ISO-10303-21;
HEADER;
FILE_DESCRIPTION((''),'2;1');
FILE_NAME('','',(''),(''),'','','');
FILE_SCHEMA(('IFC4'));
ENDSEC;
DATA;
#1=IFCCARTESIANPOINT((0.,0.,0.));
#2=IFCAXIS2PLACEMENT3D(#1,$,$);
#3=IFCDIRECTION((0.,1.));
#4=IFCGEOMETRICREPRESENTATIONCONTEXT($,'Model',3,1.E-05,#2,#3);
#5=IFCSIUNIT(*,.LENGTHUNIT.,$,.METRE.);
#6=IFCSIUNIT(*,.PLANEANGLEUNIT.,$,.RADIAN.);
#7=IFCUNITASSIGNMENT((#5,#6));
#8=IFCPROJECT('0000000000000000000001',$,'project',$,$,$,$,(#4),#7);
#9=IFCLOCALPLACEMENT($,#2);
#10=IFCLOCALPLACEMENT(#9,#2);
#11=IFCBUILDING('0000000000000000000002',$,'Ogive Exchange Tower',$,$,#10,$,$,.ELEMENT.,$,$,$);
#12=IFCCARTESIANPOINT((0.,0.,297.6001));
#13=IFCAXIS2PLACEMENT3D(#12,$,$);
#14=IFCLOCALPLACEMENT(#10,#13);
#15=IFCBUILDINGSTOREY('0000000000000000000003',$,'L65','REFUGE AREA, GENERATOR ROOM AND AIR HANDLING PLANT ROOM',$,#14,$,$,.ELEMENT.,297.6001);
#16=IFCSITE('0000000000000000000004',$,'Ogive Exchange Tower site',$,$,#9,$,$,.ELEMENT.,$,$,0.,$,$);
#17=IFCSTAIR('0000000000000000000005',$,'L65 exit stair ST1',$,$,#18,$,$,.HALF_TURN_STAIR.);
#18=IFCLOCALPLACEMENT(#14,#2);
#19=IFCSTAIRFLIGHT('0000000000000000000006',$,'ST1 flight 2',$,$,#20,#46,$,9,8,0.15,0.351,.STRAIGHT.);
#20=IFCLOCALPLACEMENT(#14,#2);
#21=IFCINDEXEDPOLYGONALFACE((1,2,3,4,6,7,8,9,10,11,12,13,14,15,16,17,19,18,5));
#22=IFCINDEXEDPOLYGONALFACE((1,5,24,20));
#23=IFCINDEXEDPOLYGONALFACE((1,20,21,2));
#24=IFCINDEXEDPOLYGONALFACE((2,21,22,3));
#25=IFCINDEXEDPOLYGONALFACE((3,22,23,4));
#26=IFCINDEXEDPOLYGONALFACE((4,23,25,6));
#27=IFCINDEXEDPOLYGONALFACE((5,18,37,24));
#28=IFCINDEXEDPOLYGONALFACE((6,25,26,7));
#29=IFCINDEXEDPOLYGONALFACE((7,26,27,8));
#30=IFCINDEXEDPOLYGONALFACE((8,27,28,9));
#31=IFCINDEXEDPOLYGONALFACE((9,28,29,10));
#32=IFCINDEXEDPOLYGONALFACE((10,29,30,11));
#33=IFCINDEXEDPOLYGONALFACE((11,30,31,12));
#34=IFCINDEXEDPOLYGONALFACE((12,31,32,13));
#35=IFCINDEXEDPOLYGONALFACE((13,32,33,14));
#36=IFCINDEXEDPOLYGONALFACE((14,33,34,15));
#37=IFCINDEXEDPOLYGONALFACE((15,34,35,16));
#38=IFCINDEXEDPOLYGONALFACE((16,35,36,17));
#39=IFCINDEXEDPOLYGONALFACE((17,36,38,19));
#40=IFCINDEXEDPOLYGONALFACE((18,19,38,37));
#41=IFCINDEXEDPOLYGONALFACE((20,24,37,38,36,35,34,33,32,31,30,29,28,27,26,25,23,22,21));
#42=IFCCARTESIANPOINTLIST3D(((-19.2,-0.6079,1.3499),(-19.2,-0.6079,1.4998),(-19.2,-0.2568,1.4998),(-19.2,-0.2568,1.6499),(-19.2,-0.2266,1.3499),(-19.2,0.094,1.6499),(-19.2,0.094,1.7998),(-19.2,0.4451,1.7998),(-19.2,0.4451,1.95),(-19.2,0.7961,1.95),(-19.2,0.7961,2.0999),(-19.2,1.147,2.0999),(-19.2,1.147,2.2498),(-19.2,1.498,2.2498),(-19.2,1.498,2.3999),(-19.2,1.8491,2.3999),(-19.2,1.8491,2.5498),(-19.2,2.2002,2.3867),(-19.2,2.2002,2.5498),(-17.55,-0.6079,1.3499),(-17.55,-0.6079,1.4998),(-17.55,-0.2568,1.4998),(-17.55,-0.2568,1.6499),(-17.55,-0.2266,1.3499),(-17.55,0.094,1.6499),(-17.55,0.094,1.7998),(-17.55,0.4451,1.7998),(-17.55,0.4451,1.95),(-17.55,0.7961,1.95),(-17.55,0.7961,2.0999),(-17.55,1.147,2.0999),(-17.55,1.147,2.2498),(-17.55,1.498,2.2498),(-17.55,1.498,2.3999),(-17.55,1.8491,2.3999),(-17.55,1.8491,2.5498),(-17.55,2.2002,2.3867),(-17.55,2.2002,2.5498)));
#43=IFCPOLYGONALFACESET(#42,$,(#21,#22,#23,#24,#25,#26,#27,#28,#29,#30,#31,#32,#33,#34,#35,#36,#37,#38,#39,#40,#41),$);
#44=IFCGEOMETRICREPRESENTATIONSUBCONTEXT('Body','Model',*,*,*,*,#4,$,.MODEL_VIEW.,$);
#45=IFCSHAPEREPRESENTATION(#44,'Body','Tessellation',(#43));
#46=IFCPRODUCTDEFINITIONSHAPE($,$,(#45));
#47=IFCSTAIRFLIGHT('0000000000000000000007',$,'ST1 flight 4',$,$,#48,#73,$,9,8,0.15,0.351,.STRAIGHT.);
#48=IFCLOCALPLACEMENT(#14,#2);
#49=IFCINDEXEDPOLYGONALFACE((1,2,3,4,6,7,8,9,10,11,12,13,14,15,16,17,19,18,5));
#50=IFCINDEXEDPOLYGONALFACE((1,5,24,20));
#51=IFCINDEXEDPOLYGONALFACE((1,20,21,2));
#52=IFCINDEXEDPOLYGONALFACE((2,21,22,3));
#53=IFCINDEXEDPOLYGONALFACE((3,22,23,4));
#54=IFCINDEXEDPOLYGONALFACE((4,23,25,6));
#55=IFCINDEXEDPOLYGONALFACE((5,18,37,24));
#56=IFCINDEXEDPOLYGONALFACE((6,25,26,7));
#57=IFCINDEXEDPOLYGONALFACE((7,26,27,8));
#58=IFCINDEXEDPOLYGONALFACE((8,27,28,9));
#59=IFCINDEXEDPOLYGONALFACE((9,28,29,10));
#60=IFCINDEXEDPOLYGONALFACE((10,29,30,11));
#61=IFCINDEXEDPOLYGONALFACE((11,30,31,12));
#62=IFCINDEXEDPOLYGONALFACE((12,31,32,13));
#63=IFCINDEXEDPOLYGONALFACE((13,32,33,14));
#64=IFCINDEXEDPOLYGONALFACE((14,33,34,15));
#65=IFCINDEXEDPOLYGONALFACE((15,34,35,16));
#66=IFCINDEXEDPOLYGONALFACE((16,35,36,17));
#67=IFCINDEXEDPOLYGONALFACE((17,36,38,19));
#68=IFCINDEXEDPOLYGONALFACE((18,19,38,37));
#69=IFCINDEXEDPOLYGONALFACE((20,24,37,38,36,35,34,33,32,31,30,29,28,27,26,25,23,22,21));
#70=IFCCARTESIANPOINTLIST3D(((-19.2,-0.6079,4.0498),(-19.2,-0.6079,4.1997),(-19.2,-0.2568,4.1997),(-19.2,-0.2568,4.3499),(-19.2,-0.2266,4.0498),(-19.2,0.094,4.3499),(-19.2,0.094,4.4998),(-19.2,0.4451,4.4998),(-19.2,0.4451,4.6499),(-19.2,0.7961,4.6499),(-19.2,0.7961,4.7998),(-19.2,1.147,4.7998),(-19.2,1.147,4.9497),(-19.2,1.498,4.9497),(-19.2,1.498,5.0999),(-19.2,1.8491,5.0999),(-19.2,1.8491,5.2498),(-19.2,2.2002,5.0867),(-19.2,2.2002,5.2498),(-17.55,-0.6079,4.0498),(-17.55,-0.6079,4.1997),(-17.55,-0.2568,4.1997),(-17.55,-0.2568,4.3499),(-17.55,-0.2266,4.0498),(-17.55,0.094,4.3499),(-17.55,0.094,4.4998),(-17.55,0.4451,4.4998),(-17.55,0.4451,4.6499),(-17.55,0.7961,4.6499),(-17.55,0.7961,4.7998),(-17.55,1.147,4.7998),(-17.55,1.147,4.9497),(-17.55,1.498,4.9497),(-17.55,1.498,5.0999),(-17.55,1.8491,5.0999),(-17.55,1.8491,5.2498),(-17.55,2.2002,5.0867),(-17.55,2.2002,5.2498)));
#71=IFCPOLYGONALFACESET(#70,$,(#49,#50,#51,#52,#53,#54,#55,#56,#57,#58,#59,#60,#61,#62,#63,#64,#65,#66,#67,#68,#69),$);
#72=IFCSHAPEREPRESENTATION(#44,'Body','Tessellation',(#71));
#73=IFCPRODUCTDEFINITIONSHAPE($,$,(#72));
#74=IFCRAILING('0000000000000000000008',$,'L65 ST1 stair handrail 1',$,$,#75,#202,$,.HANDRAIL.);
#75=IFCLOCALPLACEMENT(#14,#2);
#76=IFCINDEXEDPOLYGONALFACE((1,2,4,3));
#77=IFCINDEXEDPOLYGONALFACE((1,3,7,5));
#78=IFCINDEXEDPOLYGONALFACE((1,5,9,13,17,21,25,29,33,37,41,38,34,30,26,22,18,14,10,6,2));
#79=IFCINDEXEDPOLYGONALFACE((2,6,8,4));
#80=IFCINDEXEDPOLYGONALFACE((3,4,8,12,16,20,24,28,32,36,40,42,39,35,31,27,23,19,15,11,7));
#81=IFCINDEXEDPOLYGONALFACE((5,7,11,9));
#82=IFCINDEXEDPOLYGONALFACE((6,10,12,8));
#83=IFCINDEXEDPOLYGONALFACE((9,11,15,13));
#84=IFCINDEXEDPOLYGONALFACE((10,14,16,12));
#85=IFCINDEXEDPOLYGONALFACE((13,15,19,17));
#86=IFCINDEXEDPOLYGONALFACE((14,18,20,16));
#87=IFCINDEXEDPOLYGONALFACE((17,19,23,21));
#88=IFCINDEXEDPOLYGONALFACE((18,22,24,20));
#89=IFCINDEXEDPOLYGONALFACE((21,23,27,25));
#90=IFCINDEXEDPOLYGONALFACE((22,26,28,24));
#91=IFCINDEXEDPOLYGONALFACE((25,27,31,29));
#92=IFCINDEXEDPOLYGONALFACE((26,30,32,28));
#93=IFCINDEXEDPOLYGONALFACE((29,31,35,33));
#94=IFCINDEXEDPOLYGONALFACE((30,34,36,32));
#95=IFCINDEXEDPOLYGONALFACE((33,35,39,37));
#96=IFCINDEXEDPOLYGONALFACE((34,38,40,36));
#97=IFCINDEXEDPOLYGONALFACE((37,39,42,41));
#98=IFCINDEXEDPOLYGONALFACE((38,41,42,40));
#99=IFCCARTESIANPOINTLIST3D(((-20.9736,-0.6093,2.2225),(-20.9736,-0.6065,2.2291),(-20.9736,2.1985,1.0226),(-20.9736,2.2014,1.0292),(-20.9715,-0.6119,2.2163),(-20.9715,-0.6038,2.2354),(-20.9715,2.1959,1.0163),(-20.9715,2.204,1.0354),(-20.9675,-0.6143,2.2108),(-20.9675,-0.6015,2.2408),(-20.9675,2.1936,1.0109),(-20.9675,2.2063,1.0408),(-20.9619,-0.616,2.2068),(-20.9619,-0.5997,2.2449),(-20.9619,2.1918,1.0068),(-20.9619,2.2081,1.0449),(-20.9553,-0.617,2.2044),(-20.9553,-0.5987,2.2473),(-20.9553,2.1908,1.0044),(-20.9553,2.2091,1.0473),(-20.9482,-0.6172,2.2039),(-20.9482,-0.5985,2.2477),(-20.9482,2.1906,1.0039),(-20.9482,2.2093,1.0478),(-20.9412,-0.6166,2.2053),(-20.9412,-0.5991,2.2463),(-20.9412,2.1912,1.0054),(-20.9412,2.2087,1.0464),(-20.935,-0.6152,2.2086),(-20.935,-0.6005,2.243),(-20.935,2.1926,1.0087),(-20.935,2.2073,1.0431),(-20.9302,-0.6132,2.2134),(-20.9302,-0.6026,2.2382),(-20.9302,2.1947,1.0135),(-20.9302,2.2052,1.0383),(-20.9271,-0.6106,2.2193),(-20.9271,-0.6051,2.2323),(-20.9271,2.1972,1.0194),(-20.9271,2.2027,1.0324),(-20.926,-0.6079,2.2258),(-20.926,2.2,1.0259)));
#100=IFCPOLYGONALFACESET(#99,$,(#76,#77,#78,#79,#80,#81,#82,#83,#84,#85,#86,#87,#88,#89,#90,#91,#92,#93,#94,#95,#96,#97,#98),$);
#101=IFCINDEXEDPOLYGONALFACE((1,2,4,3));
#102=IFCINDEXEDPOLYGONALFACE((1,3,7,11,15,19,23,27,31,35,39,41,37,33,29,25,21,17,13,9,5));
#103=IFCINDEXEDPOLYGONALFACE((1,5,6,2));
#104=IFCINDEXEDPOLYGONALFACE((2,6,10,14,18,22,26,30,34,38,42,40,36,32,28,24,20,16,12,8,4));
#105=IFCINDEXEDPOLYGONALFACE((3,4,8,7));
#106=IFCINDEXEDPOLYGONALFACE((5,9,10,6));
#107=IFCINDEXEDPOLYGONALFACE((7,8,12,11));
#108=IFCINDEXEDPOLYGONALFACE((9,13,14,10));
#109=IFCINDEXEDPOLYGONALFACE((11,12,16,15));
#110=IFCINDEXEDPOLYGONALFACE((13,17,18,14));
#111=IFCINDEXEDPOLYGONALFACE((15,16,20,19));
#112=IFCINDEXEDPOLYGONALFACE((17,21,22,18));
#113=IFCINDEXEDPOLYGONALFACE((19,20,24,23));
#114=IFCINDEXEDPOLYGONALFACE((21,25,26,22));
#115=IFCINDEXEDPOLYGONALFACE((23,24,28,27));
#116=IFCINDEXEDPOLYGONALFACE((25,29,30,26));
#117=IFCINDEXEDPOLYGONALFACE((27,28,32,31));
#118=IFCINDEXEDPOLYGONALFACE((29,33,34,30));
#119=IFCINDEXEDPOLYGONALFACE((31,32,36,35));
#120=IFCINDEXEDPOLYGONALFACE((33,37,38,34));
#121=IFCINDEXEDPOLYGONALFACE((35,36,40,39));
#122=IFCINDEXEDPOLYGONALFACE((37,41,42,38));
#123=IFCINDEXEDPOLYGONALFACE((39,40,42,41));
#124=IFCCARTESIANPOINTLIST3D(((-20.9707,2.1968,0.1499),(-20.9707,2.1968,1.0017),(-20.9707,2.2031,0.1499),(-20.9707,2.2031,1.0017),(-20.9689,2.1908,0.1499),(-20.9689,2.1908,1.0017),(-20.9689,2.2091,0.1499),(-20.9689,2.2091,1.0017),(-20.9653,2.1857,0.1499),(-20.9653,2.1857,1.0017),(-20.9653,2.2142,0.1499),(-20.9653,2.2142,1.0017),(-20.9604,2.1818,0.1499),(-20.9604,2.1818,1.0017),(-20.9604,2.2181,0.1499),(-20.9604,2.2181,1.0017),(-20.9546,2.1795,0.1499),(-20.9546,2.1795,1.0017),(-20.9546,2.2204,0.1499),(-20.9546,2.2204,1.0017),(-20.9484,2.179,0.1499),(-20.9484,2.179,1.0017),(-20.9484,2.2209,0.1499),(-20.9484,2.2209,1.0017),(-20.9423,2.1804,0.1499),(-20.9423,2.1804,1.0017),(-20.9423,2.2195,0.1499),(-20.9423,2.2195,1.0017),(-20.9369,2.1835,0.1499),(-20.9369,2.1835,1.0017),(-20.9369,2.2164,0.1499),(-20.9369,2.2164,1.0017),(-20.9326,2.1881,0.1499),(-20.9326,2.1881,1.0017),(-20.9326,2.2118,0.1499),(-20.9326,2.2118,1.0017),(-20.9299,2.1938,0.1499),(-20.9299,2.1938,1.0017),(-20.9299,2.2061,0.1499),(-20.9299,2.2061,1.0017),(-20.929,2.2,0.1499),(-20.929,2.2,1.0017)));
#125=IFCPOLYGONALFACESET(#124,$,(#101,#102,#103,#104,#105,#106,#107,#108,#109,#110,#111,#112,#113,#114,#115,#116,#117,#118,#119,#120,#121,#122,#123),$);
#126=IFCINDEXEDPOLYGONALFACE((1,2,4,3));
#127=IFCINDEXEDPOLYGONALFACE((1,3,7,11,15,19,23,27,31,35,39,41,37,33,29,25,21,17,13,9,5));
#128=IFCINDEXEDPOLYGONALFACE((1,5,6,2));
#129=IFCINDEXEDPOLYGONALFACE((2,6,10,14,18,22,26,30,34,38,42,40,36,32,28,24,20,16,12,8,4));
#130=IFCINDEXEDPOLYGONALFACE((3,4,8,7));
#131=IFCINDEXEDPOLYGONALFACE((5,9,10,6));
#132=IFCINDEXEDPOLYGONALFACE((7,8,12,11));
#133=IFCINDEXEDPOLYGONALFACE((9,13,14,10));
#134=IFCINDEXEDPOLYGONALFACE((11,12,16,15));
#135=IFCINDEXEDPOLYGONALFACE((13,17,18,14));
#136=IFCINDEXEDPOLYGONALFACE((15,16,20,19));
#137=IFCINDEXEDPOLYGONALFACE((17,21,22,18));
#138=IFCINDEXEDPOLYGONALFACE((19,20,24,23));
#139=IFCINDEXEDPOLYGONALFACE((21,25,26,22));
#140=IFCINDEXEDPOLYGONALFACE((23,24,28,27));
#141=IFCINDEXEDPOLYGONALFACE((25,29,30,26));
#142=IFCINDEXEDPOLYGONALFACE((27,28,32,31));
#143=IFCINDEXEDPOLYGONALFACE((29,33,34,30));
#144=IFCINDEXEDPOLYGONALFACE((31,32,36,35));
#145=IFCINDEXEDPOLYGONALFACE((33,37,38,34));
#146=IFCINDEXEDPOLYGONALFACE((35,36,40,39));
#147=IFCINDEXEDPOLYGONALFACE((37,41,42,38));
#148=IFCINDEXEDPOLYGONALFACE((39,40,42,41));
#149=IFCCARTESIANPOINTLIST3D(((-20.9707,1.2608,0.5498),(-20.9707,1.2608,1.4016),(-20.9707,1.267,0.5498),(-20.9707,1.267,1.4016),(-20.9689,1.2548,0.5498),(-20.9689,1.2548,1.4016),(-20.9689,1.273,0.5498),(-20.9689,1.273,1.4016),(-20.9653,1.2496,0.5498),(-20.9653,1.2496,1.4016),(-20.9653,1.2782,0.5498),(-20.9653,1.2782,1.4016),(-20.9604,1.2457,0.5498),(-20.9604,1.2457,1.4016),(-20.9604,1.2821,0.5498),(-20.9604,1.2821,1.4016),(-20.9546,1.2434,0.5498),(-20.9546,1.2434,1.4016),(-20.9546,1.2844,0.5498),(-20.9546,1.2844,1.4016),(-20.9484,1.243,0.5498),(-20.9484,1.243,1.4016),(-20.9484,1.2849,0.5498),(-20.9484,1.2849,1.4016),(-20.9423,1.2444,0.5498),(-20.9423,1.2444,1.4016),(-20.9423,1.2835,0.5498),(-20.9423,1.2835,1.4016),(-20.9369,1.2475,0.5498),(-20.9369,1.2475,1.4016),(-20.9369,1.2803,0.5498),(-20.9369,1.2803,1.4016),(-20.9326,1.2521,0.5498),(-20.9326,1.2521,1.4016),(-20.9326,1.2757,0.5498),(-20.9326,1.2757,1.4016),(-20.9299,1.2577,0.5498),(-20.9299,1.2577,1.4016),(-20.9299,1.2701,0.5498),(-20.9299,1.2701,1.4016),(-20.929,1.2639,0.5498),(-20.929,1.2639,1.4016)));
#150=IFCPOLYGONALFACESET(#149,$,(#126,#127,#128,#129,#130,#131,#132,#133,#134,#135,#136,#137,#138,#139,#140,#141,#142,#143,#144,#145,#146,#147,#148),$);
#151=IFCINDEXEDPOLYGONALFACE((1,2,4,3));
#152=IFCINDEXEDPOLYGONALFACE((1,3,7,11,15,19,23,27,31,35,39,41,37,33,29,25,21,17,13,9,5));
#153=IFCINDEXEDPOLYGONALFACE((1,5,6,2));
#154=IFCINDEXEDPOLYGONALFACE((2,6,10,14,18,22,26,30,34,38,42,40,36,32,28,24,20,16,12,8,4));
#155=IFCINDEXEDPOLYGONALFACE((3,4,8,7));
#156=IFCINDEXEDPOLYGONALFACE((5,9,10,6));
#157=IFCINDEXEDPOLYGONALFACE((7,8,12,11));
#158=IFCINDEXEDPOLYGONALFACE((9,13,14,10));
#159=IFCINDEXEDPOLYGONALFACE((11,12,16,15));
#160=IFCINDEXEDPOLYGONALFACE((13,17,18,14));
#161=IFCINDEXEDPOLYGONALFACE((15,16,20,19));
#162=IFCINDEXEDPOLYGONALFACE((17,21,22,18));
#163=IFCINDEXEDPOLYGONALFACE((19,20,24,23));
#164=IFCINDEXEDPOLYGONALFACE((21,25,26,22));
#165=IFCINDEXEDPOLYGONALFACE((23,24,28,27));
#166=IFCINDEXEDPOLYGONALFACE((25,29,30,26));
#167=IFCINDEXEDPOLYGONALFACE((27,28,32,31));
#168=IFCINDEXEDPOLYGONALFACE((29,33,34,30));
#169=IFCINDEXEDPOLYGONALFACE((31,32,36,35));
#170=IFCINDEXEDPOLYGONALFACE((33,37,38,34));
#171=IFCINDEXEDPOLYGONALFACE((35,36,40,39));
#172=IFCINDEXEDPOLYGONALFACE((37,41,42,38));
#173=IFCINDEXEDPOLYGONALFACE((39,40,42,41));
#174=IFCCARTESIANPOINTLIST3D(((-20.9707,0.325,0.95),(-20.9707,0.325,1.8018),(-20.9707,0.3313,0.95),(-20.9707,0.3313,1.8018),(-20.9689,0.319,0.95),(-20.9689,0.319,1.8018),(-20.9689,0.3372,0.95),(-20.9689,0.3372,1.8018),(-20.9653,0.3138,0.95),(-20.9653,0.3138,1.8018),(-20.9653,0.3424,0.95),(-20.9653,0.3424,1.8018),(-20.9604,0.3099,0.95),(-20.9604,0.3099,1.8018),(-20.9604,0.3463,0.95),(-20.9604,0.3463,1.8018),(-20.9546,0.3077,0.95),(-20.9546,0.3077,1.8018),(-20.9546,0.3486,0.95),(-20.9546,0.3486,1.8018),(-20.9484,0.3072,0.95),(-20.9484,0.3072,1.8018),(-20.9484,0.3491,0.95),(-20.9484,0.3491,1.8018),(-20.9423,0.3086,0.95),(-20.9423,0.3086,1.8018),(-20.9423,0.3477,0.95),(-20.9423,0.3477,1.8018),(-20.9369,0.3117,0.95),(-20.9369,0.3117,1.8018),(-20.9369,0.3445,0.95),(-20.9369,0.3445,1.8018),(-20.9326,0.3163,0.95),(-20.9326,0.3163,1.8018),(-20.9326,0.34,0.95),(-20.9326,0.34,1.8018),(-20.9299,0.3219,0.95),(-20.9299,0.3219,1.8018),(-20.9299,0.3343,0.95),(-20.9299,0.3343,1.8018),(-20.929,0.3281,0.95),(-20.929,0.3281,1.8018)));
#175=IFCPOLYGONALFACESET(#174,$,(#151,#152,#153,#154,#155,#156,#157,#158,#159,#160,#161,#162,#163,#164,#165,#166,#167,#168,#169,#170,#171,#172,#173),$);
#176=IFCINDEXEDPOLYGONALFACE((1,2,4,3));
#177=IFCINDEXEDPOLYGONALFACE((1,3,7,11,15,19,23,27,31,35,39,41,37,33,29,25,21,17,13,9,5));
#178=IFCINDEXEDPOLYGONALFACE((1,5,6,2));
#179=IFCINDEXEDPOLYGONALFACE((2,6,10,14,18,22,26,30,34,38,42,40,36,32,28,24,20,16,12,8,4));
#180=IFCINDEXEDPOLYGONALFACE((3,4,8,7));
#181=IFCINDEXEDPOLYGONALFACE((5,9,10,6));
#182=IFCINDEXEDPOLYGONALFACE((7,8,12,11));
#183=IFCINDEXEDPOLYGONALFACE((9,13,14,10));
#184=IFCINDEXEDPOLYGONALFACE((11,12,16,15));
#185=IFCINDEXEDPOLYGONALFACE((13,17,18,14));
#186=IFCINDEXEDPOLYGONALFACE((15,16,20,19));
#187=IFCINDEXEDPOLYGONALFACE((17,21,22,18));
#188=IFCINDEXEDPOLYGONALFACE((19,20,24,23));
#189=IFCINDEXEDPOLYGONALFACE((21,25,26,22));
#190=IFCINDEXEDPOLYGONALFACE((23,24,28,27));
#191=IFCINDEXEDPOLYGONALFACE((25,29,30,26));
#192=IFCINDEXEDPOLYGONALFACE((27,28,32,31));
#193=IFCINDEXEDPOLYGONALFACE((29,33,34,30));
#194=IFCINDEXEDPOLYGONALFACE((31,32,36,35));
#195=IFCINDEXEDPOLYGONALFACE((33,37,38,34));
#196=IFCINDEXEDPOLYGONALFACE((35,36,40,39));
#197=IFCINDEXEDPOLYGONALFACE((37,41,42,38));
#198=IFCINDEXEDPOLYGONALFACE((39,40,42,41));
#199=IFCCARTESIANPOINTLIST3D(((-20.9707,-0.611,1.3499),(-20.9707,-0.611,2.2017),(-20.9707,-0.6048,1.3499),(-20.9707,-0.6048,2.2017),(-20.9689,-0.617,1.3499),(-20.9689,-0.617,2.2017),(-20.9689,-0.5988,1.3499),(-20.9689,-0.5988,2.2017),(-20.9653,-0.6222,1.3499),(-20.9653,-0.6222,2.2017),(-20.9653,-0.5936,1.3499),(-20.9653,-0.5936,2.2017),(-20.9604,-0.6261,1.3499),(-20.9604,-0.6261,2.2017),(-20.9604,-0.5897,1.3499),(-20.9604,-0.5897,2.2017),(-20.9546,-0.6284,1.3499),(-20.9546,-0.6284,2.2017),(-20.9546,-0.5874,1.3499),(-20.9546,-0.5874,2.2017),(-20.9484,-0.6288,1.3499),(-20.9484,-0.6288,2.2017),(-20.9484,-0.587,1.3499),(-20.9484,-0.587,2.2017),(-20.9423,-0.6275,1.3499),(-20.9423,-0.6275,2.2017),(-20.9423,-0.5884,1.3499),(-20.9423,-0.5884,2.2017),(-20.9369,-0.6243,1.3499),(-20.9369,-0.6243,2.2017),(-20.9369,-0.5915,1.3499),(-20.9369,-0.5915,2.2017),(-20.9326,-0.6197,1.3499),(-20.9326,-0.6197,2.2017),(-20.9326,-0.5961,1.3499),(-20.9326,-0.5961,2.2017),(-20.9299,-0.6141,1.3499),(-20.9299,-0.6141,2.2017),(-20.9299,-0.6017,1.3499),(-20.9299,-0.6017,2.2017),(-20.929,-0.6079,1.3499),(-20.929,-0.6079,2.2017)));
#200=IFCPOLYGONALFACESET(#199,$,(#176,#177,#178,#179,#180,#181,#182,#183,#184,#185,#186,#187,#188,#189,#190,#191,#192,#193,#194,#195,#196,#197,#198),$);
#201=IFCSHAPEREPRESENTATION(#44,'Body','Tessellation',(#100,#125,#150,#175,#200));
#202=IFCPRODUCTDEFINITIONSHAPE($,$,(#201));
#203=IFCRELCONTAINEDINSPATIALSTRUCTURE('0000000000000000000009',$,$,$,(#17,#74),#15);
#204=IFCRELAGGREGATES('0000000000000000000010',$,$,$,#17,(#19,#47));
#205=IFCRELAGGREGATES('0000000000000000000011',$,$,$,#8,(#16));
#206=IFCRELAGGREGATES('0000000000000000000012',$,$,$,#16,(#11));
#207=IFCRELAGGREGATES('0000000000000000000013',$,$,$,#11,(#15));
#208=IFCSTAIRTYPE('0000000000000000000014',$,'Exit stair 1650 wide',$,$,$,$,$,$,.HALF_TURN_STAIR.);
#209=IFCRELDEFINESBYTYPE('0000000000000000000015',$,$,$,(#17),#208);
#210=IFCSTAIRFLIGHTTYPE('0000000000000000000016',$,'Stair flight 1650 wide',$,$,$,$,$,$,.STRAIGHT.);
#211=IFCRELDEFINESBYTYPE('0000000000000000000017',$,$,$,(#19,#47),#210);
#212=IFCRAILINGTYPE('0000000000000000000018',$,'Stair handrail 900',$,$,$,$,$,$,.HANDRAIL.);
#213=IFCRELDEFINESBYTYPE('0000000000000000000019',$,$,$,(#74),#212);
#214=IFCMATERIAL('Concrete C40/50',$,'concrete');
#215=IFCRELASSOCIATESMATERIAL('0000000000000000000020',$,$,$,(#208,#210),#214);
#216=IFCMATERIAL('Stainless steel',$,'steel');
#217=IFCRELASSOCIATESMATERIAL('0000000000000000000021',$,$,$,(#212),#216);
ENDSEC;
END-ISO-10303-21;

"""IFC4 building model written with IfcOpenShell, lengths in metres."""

from ifc_helpers import new_model, si_unit, direction, frame, origin, origin_2d, place, context, subcontext, project, spatial, polyline, circle, outline, extrude, material, type_object, element, aggregate, save


model = new_model("IFC4")

# Units and contexts
model_context = context("Model", 3, precision=1e-05, world=origin(), true_north=direction((0.0, 1.0)))
body_context = subcontext(model_context, "Body", "Model", "MODEL_VIEW")
ifc_project = project(units=[si_unit("LENGTHUNIT", "METRE"), si_unit("PLANEANGLEUNIT", "RADIAN")], contexts=[model_context])

# Site, building, storey
site_placement = place(None, origin())
site = spatial("IfcSite", under=ifc_project, at=site_placement, Name="Ogive Exchange Tower site", CompositionType="ELEMENT", RefElevation=0.0)
building_placement = place(site_placement, origin())
building = spatial("IfcBuilding", under=site, at=building_placement, Name="Ogive Exchange Tower", CompositionType="ELEMENT")
storey_placement = place(building_placement, frame((0.0, 0.0, 297.6001)))
storey = spatial("IfcBuildingStorey", under=building, at=storey_placement, Name="L65", Description="REFUGE AREA, GENERATOR ROOM AND AIR HANDLING PLANT ROOM", CompositionType="ELEMENT", Elevation=297.6001)

# Shared definitions
ifc_material_1 = material(Name="Stainless steel", Category="steel")

# Stair, stair flights
ifc_material_2 = material(Name="Concrete C40/50", Category="concrete")
stair_type = type_object("IfcStairType", Name="Exit stair 1650 wide", PredefinedType="HALF_TURN_STAIR", material=ifc_material_2)
stair_placement = place(storey_placement, origin())
stair = element("IfcStair", 1, at=stair_placement, inside=storey, type_object=stair_type, Name="L65 exit stair ST1", PredefinedType="HALF_TURN_STAIR")
stair_flight_type = type_object("IfcStairFlightType", Name="Stair flight 1650 wide", PredefinedType="STRAIGHT", material=ifc_material_2)
stair_flight_1_placement = place(storey_placement, frame((-18.375, -0.6079, 1.3499), z_axis=(0.0, 0.0, 1.0), x_axis=(0.0, 1.0, 0.0)))
stair_flight_1 = element("IfcStairFlight", 2, at=stair_flight_1_placement, type_object=stair_flight_type, Name="ST1 flight 2", NumberOfRisers=9, NumberOfTreads=8, PredefinedType="STRAIGHT", RiserHeight=0.15, TreadLength=0.351, context=body_context, shape_type="SweptSolid", body=[
    extrude(outline(polyline([(0.0, 0.0), (0.0, 0.1499), (0.3511, 0.1499), (0.3511, 0.3), (0.7019, 0.3), (0.7019, 0.45), (1.053, 0.45), (1.053, 0.6001), (1.4041, 0.6001), (1.4041, 0.75), (1.7549, 0.75), (1.7549, 0.8999), (2.106, 0.8999), (2.106, 1.05), (2.457, 1.05), (2.457, 1.2), (2.8081, 1.2), (2.8081, 1.3501), (2.8081, 1.0369), (0.3813, 0.0), (0.0, 0.0)])), frame((0.0, 0.825, 0.0), z_axis=(0.0, -1.0, 0.0), x_axis=(1.0, 0.0, 0.0)), (0.0, 0.0, 1.0), 1.6499),
])
stair_flight_2_placement = place(storey_placement, frame((-18.375, -0.6079, 4.0498), z_axis=(0.0, 0.0, 1.0), x_axis=(0.0, 1.0, 0.0)))
stair_flight_2 = element("IfcStairFlight", 3, at=stair_flight_2_placement, type_object=stair_flight_type, Name="ST1 flight 4", NumberOfRisers=9, NumberOfTreads=8, PredefinedType="STRAIGHT", RiserHeight=0.15, TreadLength=0.351, context=body_context, shape_type="SweptSolid", body=[
    extrude(outline(polyline([(0.0, 0.0), (0.0, 0.1499), (0.3511, 0.1499), (0.3511, 0.3), (0.7019, 0.3), (0.7019, 0.45), (1.053, 0.45), (1.053, 0.6001), (1.4041, 0.6001), (1.4041, 0.75), (1.7549, 0.75), (1.7549, 0.8999), (2.106, 0.8999), (2.106, 1.05), (2.457, 1.05), (2.457, 1.2), (2.8081, 1.2), (2.8081, 1.3501), (2.8081, 1.0369), (0.3813, 0.0), (0.0, 0.0)])), frame((0.0, 0.825, 0.0), z_axis=(0.0, -1.0, 0.0), x_axis=(1.0, 0.0, 0.0)), (0.0, 0.0, 1.0), 1.6499),
])
aggregate(stair, [stair_flight_1, stair_flight_2])

# Railing
railing_type = type_object("IfcRailingType", Name="Stair handrail 900", PredefinedType="HANDRAIL", material=ifc_material_1)
railing_1_placement = place(storey_placement, frame((-20.95, 2.2, 0.1499)))
element("IfcRailing", 4, at=railing_1_placement, inside=storey, type_object=railing_type, Name="L65 ST1 stair handrail 1", PredefinedType="HANDRAIL", context=body_context, shape_type="SweptSolid", body=[
    extrude(circle(Radius=0.0239, at=origin_2d()), frame((0.0, 0.0, 0.876), z_axis=(0.0, -0.91955, 0.392973), x_axis=(1.0, 0.0, 0.0)), (0.0, 0.0, 1.0), 3.0535),
    extrude(circle(Radius=0.021, at=origin_2d()), origin(), (0.0, 0.0, 1.0), 0.8518),
    extrude(circle(Radius=0.021, at=origin_2d()), frame((0.0, -0.936, 0.3999)), (0.0, 0.0, 1.0), 0.8518),
    extrude(circle(Radius=0.021, at=origin_2d()), frame((0.0, -1.8718, 0.8)), (0.0, 0.0, 1.0), 0.8518),
    extrude(circle(Radius=0.021, at=origin_2d()), frame((0.0, -2.8079, 1.2)), (0.0, 0.0, 1.0), 0.8518),
])

save(model, "model.ifc")
